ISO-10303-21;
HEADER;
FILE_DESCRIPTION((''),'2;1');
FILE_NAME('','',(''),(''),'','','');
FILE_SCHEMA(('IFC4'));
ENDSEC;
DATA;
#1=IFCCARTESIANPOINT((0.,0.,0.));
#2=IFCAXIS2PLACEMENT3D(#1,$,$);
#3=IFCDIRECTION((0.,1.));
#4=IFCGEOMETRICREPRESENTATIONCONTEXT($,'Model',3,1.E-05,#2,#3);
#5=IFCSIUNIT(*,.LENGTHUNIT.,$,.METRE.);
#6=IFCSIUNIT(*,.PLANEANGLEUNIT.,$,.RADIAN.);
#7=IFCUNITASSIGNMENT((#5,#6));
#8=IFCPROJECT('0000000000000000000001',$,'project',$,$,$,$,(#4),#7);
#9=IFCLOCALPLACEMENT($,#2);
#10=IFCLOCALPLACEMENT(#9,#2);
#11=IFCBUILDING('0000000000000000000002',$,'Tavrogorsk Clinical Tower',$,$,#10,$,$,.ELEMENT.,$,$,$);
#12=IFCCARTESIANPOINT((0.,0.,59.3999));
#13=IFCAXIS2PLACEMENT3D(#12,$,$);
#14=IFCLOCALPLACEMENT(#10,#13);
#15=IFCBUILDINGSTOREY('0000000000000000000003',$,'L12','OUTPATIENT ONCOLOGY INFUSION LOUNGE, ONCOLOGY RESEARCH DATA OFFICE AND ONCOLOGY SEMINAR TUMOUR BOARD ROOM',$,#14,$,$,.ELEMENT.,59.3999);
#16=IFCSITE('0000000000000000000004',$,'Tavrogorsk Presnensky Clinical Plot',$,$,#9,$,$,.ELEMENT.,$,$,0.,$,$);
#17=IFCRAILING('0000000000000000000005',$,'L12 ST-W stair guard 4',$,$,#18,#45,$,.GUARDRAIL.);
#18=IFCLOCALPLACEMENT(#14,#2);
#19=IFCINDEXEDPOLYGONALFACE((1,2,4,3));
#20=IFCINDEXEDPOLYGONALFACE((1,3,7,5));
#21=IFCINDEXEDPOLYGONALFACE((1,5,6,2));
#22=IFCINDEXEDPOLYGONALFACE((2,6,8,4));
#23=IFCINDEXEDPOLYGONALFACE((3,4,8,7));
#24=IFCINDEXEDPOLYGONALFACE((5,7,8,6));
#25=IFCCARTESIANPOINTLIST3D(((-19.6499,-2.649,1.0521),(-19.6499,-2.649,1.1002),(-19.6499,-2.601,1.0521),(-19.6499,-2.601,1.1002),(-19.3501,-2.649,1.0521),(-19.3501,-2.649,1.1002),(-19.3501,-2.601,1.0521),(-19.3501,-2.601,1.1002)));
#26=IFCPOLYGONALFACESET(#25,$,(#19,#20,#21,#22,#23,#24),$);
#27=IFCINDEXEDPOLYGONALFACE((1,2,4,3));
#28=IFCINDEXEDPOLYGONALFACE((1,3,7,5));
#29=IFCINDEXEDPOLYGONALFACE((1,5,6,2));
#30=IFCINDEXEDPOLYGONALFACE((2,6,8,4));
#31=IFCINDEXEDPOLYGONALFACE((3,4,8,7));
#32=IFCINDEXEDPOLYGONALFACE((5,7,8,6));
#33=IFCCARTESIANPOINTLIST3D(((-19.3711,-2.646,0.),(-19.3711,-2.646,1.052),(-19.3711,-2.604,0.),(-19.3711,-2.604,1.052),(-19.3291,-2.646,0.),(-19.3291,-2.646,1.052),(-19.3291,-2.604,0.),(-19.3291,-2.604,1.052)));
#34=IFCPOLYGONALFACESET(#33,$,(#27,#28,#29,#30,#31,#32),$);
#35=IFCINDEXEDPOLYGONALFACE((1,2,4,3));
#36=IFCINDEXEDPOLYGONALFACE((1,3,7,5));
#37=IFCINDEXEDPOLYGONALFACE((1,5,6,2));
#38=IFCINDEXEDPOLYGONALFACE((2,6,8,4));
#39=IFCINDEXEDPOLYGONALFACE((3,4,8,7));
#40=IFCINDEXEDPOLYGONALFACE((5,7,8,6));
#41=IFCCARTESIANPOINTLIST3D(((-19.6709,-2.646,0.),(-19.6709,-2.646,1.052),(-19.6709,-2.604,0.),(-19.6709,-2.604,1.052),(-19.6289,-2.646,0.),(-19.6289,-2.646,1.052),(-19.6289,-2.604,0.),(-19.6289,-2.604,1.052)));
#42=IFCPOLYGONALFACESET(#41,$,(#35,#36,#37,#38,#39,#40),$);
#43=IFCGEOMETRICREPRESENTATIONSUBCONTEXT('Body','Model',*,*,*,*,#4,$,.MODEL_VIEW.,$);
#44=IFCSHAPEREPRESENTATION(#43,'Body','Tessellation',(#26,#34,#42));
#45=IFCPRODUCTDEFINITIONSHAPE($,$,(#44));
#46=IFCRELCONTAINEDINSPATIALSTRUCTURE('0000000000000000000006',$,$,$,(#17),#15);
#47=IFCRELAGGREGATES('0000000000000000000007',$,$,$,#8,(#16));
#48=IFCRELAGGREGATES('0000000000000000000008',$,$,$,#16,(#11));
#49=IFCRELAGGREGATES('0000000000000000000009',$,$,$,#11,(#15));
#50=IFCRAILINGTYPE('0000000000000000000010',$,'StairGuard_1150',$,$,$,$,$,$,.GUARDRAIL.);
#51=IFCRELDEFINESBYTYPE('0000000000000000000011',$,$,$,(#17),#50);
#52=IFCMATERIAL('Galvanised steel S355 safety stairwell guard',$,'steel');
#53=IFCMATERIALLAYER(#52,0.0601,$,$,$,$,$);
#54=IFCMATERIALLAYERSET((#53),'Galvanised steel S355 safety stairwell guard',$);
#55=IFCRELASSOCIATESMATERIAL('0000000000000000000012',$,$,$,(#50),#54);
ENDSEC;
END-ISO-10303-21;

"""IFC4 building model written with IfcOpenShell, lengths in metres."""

from ifc_helpers import new_model, si_unit, direction, frame, origin, origin_2d, place, context, subcontext, project, spatial, rectangle, extrude, material, layer, layer_set, type_object, element, save


model = new_model("IFC4")

# Units and contexts
model_context = context("Model", 3, precision=1e-05, world=origin(), true_north=direction((0.0, 1.0)))
body_context = subcontext(model_context, "Body", "Model", "MODEL_VIEW")
ifc_project = project(units=[si_unit("LENGTHUNIT", "METRE"), si_unit("PLANEANGLEUNIT", "RADIAN")], contexts=[model_context])

# Site, building, storey
site_placement = place(None, origin())
site = spatial("IfcSite", under=ifc_project, at=site_placement, Name="Tavrogorsk Presnensky Clinical Plot", CompositionType="ELEMENT", RefElevation=0.0)
building_placement = place(site_placement, origin())
building = spatial("IfcBuilding", under=site, at=building_placement, Name="Tavrogorsk Clinical Tower", CompositionType="ELEMENT")
storey_placement = place(building_placement, frame((0.0, 0.0, 59.3999)))
storey = spatial("IfcBuildingStorey", under=building, at=storey_placement, Name="L12", Description="OUTPATIENT ONCOLOGY INFUSION LOUNGE, ONCOLOGY RESEARCH DATA OFFICE AND ONCOLOGY SEMINAR TUMOUR BOARD ROOM", CompositionType="ELEMENT", Elevation=59.3999)

# Railing
ifc_material_1 = material(Name="Galvanised steel S355 safety stairwell guard", Category="steel")
ifc_layer_1 = layer(ifc_material_1, 0.0601)
ifc_layer_set_1 = layer_set([ifc_layer_1], Name="Galvanised steel S355 safety stairwell guard")
railing_type = type_object("IfcRailingType", Name="StairGuard_1150", PredefinedType="GUARDRAIL", material=ifc_layer_set_1)
railing_placement = place(storey_placement, frame((-19.3501, -2.625, 0.0)))
element("IfcRailing", 1, at=railing_placement, inside=storey, type_object=railing_type, Name="L12 ST-W stair guard 4", PredefinedType="GUARDRAIL", context=body_context, shape_type="SweptSolid", body=[
    extrude(rectangle(XDim=0.0481, YDim=0.0481, at=origin_2d()), frame((0.0, 0.0, 1.0762), z_axis=(-1.0, 0.0, 0.0), x_axis=(0.0, -1.0, 0.0)), (0.0, 0.0, 1.0), 0.2998),
    extrude(rectangle(XDim=0.042, YDim=0.042, at=origin_2d()), origin(), (0.0, 0.0, 1.0), 1.052),
    extrude(rectangle(XDim=0.042, YDim=0.042, at=origin_2d()), frame((-0.2998, 0.0, 0.0)), (0.0, 0.0, 1.0), 1.052),
])

save(model, "model.ifc")
